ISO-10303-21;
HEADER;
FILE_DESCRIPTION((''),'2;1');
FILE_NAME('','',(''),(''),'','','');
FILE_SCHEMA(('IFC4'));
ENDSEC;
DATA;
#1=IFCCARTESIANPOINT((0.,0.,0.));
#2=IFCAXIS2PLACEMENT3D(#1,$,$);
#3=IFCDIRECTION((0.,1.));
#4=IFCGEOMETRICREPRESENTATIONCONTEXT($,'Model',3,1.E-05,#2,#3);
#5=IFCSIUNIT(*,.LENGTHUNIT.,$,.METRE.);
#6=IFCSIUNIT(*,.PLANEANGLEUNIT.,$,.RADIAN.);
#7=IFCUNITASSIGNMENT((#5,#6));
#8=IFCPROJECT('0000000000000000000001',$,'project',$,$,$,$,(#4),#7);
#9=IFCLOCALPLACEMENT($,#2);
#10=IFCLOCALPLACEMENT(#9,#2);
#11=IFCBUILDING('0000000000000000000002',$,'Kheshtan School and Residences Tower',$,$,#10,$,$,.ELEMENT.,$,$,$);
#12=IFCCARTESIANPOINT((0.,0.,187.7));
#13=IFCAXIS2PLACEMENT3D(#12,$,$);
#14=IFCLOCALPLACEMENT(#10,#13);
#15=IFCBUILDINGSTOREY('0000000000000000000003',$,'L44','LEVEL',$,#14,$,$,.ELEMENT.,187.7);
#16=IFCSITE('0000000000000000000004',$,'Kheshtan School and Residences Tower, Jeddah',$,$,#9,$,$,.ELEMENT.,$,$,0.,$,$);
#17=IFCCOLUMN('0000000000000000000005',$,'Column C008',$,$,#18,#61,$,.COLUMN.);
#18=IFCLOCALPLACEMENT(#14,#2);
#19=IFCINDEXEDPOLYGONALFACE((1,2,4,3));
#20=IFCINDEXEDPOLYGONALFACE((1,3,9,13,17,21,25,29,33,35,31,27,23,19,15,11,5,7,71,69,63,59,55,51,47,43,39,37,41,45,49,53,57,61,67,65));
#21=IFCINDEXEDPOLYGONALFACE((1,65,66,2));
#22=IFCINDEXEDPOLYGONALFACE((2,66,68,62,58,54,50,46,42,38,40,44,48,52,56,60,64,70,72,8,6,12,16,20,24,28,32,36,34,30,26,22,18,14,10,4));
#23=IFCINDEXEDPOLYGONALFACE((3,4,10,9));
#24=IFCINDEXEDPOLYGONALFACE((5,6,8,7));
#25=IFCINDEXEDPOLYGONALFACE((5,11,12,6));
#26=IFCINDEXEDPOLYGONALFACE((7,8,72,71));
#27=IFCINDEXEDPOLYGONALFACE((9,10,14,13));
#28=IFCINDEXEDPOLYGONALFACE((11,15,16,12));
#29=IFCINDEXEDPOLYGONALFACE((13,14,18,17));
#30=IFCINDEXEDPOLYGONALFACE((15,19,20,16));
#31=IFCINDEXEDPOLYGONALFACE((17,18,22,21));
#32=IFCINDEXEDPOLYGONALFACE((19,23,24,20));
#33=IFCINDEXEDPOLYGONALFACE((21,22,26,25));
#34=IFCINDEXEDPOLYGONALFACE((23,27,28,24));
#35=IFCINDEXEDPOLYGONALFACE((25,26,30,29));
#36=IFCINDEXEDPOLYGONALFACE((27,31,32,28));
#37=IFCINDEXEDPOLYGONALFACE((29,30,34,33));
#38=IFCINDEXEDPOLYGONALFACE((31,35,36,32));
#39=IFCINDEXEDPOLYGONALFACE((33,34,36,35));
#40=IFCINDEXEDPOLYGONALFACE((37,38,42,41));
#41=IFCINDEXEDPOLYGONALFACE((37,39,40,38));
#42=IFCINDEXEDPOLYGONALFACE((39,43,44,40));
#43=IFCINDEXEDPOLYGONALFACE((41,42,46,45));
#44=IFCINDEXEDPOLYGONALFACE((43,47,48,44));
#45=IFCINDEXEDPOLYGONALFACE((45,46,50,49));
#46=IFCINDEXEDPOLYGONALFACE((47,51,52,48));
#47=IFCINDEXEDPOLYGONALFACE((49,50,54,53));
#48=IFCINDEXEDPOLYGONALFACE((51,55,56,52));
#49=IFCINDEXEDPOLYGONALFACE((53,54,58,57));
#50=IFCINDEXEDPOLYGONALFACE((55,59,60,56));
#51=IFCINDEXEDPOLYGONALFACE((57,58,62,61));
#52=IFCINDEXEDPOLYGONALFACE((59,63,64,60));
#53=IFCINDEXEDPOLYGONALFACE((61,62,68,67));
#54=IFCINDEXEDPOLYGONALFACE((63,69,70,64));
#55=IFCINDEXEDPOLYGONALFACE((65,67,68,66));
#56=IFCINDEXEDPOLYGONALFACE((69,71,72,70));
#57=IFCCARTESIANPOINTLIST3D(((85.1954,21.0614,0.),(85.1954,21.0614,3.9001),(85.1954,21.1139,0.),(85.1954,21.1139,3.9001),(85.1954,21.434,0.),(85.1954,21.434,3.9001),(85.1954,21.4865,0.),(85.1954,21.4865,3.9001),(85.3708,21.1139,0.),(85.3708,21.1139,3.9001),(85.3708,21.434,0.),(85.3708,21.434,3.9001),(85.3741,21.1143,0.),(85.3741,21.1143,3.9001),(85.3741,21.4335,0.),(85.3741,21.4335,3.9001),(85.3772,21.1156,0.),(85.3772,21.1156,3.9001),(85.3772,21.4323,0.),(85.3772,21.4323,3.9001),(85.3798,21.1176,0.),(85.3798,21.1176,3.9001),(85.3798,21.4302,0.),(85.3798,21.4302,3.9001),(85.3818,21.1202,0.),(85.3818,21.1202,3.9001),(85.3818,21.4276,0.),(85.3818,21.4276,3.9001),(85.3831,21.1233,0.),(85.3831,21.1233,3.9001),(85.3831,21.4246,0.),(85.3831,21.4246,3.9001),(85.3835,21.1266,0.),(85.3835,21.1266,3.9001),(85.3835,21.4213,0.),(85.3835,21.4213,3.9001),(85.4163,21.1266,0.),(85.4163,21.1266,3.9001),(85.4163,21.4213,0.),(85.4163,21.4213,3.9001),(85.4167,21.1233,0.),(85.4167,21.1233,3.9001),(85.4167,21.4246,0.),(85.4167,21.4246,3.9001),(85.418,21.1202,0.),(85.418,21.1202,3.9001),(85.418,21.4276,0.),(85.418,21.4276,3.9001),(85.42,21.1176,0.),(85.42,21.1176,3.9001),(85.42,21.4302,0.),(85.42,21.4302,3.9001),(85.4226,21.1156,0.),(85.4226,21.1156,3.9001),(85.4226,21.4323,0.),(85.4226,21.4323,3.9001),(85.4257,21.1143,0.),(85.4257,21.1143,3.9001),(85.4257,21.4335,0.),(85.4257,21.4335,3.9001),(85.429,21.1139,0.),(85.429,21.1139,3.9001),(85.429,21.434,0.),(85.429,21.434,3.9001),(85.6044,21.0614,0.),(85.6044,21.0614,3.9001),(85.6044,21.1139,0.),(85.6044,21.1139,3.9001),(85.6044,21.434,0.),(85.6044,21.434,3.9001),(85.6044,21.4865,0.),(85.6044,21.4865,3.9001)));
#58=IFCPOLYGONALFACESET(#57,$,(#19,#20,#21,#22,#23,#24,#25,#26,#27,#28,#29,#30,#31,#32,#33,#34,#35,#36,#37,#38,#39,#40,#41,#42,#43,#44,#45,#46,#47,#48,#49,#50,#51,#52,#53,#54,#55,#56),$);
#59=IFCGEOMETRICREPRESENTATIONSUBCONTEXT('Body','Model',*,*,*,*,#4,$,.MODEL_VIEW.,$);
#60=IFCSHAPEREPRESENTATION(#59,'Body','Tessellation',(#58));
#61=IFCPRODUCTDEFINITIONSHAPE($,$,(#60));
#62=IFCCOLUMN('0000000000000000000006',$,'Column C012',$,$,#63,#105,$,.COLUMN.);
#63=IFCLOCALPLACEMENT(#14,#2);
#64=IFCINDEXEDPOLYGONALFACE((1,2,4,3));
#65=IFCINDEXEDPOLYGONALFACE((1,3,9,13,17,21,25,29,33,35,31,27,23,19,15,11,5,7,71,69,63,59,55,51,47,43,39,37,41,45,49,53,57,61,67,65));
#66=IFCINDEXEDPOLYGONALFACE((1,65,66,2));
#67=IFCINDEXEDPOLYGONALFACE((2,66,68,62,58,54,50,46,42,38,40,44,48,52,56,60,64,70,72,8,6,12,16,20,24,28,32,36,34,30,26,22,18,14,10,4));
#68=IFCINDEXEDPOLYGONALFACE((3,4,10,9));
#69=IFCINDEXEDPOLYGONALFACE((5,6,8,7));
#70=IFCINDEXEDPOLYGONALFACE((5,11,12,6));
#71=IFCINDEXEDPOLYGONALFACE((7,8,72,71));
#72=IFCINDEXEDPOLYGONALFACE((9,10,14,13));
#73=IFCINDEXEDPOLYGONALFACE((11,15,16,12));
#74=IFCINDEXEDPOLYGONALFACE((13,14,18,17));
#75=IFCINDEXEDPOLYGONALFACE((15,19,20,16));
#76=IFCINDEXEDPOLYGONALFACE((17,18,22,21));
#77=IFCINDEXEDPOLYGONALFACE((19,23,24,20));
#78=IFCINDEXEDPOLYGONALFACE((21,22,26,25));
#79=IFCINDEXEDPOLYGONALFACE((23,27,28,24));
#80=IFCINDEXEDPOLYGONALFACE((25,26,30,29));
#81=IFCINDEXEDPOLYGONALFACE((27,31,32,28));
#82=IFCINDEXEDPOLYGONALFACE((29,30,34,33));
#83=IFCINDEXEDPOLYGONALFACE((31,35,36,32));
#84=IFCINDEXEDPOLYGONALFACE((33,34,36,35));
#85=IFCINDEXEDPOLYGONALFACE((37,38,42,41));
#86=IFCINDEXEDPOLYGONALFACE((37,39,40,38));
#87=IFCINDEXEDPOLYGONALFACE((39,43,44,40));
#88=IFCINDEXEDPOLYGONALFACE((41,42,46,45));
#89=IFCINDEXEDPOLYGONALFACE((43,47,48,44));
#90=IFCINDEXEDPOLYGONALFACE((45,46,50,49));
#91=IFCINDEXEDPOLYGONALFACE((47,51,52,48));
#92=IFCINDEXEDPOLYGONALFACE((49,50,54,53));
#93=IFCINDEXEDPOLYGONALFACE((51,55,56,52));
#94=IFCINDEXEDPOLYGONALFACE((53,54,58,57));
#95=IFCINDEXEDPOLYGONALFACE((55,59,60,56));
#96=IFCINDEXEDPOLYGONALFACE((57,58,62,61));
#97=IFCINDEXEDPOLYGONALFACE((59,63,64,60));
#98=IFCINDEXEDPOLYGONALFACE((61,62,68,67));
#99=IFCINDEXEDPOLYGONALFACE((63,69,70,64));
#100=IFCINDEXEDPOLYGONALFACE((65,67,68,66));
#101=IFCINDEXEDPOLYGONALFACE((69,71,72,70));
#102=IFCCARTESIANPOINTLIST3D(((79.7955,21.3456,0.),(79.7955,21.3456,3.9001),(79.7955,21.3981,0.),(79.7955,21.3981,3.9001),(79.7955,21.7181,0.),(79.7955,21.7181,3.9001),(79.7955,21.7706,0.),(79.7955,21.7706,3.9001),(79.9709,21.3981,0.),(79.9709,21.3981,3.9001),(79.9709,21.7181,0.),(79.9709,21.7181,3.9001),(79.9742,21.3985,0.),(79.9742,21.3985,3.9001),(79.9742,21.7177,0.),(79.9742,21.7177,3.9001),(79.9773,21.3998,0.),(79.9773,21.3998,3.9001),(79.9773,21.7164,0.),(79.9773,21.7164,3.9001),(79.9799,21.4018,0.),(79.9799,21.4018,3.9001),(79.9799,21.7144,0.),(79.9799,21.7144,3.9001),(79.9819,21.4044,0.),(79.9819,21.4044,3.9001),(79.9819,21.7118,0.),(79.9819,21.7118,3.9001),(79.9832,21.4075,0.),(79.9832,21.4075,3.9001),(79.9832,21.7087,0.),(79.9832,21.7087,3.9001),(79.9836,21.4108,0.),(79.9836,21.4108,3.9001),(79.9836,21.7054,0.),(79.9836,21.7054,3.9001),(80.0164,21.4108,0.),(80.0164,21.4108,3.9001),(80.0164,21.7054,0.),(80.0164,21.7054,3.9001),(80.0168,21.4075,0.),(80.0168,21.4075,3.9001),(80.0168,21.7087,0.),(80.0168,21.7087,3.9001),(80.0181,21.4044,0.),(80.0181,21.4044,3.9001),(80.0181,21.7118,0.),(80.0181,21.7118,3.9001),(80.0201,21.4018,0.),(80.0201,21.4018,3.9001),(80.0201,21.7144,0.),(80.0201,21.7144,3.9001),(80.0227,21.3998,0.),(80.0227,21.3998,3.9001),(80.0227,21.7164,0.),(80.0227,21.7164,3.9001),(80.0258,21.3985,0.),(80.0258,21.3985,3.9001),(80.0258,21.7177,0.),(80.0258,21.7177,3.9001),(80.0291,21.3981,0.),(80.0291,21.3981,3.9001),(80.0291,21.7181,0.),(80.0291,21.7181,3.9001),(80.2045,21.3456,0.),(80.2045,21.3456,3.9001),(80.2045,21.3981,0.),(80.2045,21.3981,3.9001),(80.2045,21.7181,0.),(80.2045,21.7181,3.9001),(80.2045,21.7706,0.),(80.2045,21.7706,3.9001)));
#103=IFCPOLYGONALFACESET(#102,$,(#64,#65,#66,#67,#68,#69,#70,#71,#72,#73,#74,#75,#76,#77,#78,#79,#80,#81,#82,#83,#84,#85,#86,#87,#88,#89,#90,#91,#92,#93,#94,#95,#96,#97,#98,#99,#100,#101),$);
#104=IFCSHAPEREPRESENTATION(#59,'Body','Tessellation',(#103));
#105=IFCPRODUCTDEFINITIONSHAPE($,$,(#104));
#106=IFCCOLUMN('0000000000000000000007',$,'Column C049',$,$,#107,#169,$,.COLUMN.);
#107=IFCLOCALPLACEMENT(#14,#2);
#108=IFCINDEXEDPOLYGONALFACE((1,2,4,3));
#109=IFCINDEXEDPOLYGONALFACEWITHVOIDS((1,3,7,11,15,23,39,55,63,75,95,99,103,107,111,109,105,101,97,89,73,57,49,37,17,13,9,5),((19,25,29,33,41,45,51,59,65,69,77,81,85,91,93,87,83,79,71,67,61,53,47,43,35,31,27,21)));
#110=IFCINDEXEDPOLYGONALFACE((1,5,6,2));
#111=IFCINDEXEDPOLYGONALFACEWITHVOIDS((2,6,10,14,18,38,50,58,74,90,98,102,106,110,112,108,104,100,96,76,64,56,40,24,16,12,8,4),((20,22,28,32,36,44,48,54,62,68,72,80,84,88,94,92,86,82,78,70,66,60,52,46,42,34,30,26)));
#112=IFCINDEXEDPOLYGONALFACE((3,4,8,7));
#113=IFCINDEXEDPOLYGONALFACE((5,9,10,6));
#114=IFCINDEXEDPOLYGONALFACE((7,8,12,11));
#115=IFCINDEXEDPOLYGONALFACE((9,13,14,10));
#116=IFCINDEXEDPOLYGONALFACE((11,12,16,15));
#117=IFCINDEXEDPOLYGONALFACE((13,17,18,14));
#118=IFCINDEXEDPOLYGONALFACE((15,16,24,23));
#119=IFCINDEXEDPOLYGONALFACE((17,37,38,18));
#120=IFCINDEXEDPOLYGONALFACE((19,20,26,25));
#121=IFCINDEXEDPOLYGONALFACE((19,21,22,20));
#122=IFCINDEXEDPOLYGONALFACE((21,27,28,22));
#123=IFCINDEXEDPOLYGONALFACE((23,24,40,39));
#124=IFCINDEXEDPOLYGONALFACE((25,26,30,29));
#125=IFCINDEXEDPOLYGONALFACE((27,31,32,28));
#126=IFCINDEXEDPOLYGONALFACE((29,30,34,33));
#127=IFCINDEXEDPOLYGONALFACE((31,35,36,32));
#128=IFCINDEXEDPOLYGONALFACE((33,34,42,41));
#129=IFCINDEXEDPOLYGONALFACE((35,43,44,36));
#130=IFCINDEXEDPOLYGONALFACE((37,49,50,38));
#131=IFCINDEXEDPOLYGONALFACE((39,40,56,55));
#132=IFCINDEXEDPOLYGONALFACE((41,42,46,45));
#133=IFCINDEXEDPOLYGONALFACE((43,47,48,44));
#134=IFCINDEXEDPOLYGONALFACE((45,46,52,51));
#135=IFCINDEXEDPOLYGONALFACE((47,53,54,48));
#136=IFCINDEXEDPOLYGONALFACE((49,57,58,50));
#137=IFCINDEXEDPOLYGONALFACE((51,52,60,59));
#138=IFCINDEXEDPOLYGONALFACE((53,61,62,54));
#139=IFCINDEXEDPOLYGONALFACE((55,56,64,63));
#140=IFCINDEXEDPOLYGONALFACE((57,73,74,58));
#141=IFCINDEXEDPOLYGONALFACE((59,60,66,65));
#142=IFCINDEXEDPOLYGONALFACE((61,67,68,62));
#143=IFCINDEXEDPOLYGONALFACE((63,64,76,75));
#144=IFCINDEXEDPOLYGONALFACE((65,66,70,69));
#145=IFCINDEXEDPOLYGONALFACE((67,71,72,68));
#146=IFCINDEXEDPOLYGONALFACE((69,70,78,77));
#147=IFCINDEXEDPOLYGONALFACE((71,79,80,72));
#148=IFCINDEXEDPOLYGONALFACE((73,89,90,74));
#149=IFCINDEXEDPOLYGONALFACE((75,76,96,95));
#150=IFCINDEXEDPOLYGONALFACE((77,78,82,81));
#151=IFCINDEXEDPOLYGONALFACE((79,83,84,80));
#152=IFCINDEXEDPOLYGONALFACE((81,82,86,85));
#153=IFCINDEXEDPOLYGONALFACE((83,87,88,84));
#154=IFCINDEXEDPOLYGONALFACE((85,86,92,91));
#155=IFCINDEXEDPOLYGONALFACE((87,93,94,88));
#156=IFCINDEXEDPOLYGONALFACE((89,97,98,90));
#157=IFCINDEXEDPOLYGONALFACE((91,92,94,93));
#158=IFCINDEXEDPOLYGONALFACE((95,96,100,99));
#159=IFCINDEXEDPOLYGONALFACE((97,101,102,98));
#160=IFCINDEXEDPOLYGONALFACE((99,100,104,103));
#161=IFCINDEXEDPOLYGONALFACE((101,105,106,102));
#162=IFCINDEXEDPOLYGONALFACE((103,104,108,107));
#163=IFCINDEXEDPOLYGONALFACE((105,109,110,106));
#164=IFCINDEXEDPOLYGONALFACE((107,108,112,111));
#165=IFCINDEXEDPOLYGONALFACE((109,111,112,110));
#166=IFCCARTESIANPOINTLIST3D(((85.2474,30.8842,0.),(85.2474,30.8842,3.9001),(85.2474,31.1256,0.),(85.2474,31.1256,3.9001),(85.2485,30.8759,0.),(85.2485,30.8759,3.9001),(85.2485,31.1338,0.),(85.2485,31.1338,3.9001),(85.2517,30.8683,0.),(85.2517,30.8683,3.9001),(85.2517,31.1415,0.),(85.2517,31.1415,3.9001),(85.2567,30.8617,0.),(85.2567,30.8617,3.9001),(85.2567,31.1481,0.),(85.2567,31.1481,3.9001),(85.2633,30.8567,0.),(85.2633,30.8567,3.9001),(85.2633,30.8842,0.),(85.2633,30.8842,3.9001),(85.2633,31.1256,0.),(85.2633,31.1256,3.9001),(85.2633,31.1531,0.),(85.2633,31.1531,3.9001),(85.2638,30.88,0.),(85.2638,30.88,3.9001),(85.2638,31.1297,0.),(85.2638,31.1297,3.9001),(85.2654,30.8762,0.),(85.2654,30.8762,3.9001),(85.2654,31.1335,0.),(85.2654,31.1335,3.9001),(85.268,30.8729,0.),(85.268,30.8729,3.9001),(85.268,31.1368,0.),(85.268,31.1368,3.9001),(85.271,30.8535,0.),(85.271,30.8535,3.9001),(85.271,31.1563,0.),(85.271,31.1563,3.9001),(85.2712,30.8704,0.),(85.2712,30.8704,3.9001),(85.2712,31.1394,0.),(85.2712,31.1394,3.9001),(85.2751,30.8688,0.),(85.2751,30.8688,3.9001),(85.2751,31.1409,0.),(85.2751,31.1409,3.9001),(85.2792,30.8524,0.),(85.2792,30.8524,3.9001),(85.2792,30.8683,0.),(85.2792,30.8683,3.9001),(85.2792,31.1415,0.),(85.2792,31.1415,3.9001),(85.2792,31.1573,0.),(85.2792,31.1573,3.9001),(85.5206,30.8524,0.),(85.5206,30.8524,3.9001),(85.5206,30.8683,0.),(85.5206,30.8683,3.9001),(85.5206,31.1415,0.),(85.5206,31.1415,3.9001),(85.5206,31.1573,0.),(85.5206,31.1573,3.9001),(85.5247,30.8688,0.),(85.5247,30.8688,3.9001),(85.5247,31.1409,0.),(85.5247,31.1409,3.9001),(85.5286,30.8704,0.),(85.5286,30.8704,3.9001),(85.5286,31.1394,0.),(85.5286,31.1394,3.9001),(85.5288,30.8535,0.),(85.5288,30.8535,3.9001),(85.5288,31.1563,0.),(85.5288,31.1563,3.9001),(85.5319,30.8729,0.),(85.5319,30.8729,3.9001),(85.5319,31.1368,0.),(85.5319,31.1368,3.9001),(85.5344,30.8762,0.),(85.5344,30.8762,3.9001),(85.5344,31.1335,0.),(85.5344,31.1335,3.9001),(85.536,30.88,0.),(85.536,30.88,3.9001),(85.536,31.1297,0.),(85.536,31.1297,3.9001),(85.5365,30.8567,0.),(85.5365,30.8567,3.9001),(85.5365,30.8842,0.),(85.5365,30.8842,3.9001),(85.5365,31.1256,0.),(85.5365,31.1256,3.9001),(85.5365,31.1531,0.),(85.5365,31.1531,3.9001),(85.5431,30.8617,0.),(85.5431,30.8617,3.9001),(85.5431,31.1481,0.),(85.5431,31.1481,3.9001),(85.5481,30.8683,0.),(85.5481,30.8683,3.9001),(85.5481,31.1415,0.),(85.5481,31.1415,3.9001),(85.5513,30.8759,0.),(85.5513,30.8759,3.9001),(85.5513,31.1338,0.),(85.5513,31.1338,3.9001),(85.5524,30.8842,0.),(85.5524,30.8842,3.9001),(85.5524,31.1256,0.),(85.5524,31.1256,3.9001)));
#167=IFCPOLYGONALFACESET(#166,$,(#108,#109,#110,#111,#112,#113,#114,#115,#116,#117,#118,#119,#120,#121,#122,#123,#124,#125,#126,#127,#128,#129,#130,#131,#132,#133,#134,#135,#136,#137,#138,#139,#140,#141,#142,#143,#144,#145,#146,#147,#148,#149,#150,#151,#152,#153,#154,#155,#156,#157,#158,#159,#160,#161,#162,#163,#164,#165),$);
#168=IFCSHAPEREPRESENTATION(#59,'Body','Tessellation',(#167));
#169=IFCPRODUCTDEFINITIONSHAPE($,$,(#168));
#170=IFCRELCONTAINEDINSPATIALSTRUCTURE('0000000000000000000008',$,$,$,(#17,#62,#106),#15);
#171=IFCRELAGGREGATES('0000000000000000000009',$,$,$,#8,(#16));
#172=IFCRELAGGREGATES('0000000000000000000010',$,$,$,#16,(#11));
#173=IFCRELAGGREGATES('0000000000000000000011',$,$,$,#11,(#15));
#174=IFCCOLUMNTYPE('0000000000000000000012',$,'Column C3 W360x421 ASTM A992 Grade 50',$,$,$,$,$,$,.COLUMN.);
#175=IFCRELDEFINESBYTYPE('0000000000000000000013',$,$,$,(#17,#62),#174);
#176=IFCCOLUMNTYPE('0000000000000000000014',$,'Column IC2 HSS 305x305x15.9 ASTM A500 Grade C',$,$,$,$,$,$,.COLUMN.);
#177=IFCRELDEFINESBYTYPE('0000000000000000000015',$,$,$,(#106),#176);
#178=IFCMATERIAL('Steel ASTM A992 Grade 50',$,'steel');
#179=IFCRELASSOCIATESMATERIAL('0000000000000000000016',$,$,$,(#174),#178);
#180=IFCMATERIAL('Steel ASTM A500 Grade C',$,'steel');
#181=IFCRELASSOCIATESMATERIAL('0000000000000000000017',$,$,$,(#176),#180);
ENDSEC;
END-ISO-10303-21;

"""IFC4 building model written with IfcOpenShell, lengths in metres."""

from ifc_helpers import new_model, si_unit, direction, frame, origin, origin_2d, place, context, subcontext, project, spatial, hollow_rectangle, i_section, extrude, material, material_profile, profile_set, type_object, element, save


model = new_model("IFC4")

# Units and contexts
model_context = context("Model", 3, precision=1e-05, world=origin(), true_north=direction((0.0, 1.0)))
body_context = subcontext(model_context, "Body", "Model", "MODEL_VIEW")
ifc_project = project(units=[si_unit("LENGTHUNIT", "METRE"), si_unit("PLANEANGLEUNIT", "RADIAN")], contexts=[model_context])

# Site, building, storey
site_placement = place(None, origin())
site = spatial("IfcSite", under=ifc_project, at=site_placement, Name="Kheshtan School and Residences Tower, Jeddah", CompositionType="ELEMENT", RefElevation=0.0)
building_placement = place(site_placement, origin())
building = spatial("IfcBuilding", under=site, at=building_placement, Name="Kheshtan School and Residences Tower", CompositionType="ELEMENT")
storey_placement = place(building_placement, frame((0.0, 0.0, 187.7)))
storey = spatial("IfcBuildingStorey", under=building, at=storey_placement, Name="L44", Description="LEVEL", CompositionType="ELEMENT", Elevation=187.7)

# Columns
ifc_material_1 = material(Name="Steel ASTM A992 Grade 50", Category="steel")
ifc_material_profile_1 = material_profile(ifc_material_1, i_section(OverallWidth=0.4089, OverallDepth=0.425, WebThickness=0.0327, FlangeThickness=0.0525, FilletRadius=0.0127, at=origin_2d()), Name="W360x421")
ifc_profile_set_1 = profile_set([ifc_material_profile_1], Name="Steel ASTM A992 Grade 50")
column_type_1 = type_object("IfcColumnType", Name="Column C3 W360x421 ASTM A992 Grade 50", PredefinedType="COLUMN", material=ifc_profile_set_1)
for number, where, z_axis, x_axis, name in (
    (1, (85.3999, 21.2739, 0.0), (0.0, 0.0, 1.0), (1.0, 0.0, 0.0), "Column C008"),
    (2, (80.0, 21.5581, 0.0), (0.0, 0.0, 1.0), (1.0, 0.0, 0.0), "Column C012"),
):
    element("IfcColumn", number, at=place(storey_placement, frame(where, z_axis=z_axis, x_axis=x_axis)), inside=storey, type_object=column_type_1, Name=name, PredefinedType="COLUMN", context=body_context, shape_type="SweptSolid", body=[
        extrude(i_section(OverallWidth=0.4089, OverallDepth=0.425, WebThickness=0.0327, FlangeThickness=0.0525, FilletRadius=0.0127, at=origin_2d()), origin(), (0.0, 0.0, 1.0), 3.9001),
    ])
ifc_material_2 = material(Name="Steel ASTM A500 Grade C", Category="steel")
ifc_material_profile_2 = material_profile(ifc_material_2, hollow_rectangle(XDim=0.3049, YDim=0.3049, WallThickness=0.0159, InnerFilletRadius=0.0159, OuterFilletRadius=0.0317, at=origin_2d()), Name="HSS 305x305x15.9")
ifc_profile_set_2 = profile_set([ifc_material_profile_2], Name="Steel ASTM A500 Grade C")
column_type_2 = type_object("IfcColumnType", Name="Column IC2 HSS 305x305x15.9 ASTM A500 Grade C", PredefinedType="COLUMN", material=ifc_profile_set_2)
column_placement = place(storey_placement, frame((85.3999, 31.0049, 0.0), z_axis=(0.0, 0.0, 1.0), x_axis=(1.0, 0.0, 0.0)))
element("IfcColumn", 3, at=column_placement, inside=storey, type_object=column_type_2, Name="Column C049", PredefinedType="COLUMN", context=body_context, shape_type="SweptSolid", body=[
    extrude(hollow_rectangle(XDim=0.3049, YDim=0.3049, WallThickness=0.0159, InnerFilletRadius=0.0159, OuterFilletRadius=0.0317, at=origin_2d()), origin(), (0.0, 0.0, 1.0), 3.9001),
])

save(model, "model.ifc")
